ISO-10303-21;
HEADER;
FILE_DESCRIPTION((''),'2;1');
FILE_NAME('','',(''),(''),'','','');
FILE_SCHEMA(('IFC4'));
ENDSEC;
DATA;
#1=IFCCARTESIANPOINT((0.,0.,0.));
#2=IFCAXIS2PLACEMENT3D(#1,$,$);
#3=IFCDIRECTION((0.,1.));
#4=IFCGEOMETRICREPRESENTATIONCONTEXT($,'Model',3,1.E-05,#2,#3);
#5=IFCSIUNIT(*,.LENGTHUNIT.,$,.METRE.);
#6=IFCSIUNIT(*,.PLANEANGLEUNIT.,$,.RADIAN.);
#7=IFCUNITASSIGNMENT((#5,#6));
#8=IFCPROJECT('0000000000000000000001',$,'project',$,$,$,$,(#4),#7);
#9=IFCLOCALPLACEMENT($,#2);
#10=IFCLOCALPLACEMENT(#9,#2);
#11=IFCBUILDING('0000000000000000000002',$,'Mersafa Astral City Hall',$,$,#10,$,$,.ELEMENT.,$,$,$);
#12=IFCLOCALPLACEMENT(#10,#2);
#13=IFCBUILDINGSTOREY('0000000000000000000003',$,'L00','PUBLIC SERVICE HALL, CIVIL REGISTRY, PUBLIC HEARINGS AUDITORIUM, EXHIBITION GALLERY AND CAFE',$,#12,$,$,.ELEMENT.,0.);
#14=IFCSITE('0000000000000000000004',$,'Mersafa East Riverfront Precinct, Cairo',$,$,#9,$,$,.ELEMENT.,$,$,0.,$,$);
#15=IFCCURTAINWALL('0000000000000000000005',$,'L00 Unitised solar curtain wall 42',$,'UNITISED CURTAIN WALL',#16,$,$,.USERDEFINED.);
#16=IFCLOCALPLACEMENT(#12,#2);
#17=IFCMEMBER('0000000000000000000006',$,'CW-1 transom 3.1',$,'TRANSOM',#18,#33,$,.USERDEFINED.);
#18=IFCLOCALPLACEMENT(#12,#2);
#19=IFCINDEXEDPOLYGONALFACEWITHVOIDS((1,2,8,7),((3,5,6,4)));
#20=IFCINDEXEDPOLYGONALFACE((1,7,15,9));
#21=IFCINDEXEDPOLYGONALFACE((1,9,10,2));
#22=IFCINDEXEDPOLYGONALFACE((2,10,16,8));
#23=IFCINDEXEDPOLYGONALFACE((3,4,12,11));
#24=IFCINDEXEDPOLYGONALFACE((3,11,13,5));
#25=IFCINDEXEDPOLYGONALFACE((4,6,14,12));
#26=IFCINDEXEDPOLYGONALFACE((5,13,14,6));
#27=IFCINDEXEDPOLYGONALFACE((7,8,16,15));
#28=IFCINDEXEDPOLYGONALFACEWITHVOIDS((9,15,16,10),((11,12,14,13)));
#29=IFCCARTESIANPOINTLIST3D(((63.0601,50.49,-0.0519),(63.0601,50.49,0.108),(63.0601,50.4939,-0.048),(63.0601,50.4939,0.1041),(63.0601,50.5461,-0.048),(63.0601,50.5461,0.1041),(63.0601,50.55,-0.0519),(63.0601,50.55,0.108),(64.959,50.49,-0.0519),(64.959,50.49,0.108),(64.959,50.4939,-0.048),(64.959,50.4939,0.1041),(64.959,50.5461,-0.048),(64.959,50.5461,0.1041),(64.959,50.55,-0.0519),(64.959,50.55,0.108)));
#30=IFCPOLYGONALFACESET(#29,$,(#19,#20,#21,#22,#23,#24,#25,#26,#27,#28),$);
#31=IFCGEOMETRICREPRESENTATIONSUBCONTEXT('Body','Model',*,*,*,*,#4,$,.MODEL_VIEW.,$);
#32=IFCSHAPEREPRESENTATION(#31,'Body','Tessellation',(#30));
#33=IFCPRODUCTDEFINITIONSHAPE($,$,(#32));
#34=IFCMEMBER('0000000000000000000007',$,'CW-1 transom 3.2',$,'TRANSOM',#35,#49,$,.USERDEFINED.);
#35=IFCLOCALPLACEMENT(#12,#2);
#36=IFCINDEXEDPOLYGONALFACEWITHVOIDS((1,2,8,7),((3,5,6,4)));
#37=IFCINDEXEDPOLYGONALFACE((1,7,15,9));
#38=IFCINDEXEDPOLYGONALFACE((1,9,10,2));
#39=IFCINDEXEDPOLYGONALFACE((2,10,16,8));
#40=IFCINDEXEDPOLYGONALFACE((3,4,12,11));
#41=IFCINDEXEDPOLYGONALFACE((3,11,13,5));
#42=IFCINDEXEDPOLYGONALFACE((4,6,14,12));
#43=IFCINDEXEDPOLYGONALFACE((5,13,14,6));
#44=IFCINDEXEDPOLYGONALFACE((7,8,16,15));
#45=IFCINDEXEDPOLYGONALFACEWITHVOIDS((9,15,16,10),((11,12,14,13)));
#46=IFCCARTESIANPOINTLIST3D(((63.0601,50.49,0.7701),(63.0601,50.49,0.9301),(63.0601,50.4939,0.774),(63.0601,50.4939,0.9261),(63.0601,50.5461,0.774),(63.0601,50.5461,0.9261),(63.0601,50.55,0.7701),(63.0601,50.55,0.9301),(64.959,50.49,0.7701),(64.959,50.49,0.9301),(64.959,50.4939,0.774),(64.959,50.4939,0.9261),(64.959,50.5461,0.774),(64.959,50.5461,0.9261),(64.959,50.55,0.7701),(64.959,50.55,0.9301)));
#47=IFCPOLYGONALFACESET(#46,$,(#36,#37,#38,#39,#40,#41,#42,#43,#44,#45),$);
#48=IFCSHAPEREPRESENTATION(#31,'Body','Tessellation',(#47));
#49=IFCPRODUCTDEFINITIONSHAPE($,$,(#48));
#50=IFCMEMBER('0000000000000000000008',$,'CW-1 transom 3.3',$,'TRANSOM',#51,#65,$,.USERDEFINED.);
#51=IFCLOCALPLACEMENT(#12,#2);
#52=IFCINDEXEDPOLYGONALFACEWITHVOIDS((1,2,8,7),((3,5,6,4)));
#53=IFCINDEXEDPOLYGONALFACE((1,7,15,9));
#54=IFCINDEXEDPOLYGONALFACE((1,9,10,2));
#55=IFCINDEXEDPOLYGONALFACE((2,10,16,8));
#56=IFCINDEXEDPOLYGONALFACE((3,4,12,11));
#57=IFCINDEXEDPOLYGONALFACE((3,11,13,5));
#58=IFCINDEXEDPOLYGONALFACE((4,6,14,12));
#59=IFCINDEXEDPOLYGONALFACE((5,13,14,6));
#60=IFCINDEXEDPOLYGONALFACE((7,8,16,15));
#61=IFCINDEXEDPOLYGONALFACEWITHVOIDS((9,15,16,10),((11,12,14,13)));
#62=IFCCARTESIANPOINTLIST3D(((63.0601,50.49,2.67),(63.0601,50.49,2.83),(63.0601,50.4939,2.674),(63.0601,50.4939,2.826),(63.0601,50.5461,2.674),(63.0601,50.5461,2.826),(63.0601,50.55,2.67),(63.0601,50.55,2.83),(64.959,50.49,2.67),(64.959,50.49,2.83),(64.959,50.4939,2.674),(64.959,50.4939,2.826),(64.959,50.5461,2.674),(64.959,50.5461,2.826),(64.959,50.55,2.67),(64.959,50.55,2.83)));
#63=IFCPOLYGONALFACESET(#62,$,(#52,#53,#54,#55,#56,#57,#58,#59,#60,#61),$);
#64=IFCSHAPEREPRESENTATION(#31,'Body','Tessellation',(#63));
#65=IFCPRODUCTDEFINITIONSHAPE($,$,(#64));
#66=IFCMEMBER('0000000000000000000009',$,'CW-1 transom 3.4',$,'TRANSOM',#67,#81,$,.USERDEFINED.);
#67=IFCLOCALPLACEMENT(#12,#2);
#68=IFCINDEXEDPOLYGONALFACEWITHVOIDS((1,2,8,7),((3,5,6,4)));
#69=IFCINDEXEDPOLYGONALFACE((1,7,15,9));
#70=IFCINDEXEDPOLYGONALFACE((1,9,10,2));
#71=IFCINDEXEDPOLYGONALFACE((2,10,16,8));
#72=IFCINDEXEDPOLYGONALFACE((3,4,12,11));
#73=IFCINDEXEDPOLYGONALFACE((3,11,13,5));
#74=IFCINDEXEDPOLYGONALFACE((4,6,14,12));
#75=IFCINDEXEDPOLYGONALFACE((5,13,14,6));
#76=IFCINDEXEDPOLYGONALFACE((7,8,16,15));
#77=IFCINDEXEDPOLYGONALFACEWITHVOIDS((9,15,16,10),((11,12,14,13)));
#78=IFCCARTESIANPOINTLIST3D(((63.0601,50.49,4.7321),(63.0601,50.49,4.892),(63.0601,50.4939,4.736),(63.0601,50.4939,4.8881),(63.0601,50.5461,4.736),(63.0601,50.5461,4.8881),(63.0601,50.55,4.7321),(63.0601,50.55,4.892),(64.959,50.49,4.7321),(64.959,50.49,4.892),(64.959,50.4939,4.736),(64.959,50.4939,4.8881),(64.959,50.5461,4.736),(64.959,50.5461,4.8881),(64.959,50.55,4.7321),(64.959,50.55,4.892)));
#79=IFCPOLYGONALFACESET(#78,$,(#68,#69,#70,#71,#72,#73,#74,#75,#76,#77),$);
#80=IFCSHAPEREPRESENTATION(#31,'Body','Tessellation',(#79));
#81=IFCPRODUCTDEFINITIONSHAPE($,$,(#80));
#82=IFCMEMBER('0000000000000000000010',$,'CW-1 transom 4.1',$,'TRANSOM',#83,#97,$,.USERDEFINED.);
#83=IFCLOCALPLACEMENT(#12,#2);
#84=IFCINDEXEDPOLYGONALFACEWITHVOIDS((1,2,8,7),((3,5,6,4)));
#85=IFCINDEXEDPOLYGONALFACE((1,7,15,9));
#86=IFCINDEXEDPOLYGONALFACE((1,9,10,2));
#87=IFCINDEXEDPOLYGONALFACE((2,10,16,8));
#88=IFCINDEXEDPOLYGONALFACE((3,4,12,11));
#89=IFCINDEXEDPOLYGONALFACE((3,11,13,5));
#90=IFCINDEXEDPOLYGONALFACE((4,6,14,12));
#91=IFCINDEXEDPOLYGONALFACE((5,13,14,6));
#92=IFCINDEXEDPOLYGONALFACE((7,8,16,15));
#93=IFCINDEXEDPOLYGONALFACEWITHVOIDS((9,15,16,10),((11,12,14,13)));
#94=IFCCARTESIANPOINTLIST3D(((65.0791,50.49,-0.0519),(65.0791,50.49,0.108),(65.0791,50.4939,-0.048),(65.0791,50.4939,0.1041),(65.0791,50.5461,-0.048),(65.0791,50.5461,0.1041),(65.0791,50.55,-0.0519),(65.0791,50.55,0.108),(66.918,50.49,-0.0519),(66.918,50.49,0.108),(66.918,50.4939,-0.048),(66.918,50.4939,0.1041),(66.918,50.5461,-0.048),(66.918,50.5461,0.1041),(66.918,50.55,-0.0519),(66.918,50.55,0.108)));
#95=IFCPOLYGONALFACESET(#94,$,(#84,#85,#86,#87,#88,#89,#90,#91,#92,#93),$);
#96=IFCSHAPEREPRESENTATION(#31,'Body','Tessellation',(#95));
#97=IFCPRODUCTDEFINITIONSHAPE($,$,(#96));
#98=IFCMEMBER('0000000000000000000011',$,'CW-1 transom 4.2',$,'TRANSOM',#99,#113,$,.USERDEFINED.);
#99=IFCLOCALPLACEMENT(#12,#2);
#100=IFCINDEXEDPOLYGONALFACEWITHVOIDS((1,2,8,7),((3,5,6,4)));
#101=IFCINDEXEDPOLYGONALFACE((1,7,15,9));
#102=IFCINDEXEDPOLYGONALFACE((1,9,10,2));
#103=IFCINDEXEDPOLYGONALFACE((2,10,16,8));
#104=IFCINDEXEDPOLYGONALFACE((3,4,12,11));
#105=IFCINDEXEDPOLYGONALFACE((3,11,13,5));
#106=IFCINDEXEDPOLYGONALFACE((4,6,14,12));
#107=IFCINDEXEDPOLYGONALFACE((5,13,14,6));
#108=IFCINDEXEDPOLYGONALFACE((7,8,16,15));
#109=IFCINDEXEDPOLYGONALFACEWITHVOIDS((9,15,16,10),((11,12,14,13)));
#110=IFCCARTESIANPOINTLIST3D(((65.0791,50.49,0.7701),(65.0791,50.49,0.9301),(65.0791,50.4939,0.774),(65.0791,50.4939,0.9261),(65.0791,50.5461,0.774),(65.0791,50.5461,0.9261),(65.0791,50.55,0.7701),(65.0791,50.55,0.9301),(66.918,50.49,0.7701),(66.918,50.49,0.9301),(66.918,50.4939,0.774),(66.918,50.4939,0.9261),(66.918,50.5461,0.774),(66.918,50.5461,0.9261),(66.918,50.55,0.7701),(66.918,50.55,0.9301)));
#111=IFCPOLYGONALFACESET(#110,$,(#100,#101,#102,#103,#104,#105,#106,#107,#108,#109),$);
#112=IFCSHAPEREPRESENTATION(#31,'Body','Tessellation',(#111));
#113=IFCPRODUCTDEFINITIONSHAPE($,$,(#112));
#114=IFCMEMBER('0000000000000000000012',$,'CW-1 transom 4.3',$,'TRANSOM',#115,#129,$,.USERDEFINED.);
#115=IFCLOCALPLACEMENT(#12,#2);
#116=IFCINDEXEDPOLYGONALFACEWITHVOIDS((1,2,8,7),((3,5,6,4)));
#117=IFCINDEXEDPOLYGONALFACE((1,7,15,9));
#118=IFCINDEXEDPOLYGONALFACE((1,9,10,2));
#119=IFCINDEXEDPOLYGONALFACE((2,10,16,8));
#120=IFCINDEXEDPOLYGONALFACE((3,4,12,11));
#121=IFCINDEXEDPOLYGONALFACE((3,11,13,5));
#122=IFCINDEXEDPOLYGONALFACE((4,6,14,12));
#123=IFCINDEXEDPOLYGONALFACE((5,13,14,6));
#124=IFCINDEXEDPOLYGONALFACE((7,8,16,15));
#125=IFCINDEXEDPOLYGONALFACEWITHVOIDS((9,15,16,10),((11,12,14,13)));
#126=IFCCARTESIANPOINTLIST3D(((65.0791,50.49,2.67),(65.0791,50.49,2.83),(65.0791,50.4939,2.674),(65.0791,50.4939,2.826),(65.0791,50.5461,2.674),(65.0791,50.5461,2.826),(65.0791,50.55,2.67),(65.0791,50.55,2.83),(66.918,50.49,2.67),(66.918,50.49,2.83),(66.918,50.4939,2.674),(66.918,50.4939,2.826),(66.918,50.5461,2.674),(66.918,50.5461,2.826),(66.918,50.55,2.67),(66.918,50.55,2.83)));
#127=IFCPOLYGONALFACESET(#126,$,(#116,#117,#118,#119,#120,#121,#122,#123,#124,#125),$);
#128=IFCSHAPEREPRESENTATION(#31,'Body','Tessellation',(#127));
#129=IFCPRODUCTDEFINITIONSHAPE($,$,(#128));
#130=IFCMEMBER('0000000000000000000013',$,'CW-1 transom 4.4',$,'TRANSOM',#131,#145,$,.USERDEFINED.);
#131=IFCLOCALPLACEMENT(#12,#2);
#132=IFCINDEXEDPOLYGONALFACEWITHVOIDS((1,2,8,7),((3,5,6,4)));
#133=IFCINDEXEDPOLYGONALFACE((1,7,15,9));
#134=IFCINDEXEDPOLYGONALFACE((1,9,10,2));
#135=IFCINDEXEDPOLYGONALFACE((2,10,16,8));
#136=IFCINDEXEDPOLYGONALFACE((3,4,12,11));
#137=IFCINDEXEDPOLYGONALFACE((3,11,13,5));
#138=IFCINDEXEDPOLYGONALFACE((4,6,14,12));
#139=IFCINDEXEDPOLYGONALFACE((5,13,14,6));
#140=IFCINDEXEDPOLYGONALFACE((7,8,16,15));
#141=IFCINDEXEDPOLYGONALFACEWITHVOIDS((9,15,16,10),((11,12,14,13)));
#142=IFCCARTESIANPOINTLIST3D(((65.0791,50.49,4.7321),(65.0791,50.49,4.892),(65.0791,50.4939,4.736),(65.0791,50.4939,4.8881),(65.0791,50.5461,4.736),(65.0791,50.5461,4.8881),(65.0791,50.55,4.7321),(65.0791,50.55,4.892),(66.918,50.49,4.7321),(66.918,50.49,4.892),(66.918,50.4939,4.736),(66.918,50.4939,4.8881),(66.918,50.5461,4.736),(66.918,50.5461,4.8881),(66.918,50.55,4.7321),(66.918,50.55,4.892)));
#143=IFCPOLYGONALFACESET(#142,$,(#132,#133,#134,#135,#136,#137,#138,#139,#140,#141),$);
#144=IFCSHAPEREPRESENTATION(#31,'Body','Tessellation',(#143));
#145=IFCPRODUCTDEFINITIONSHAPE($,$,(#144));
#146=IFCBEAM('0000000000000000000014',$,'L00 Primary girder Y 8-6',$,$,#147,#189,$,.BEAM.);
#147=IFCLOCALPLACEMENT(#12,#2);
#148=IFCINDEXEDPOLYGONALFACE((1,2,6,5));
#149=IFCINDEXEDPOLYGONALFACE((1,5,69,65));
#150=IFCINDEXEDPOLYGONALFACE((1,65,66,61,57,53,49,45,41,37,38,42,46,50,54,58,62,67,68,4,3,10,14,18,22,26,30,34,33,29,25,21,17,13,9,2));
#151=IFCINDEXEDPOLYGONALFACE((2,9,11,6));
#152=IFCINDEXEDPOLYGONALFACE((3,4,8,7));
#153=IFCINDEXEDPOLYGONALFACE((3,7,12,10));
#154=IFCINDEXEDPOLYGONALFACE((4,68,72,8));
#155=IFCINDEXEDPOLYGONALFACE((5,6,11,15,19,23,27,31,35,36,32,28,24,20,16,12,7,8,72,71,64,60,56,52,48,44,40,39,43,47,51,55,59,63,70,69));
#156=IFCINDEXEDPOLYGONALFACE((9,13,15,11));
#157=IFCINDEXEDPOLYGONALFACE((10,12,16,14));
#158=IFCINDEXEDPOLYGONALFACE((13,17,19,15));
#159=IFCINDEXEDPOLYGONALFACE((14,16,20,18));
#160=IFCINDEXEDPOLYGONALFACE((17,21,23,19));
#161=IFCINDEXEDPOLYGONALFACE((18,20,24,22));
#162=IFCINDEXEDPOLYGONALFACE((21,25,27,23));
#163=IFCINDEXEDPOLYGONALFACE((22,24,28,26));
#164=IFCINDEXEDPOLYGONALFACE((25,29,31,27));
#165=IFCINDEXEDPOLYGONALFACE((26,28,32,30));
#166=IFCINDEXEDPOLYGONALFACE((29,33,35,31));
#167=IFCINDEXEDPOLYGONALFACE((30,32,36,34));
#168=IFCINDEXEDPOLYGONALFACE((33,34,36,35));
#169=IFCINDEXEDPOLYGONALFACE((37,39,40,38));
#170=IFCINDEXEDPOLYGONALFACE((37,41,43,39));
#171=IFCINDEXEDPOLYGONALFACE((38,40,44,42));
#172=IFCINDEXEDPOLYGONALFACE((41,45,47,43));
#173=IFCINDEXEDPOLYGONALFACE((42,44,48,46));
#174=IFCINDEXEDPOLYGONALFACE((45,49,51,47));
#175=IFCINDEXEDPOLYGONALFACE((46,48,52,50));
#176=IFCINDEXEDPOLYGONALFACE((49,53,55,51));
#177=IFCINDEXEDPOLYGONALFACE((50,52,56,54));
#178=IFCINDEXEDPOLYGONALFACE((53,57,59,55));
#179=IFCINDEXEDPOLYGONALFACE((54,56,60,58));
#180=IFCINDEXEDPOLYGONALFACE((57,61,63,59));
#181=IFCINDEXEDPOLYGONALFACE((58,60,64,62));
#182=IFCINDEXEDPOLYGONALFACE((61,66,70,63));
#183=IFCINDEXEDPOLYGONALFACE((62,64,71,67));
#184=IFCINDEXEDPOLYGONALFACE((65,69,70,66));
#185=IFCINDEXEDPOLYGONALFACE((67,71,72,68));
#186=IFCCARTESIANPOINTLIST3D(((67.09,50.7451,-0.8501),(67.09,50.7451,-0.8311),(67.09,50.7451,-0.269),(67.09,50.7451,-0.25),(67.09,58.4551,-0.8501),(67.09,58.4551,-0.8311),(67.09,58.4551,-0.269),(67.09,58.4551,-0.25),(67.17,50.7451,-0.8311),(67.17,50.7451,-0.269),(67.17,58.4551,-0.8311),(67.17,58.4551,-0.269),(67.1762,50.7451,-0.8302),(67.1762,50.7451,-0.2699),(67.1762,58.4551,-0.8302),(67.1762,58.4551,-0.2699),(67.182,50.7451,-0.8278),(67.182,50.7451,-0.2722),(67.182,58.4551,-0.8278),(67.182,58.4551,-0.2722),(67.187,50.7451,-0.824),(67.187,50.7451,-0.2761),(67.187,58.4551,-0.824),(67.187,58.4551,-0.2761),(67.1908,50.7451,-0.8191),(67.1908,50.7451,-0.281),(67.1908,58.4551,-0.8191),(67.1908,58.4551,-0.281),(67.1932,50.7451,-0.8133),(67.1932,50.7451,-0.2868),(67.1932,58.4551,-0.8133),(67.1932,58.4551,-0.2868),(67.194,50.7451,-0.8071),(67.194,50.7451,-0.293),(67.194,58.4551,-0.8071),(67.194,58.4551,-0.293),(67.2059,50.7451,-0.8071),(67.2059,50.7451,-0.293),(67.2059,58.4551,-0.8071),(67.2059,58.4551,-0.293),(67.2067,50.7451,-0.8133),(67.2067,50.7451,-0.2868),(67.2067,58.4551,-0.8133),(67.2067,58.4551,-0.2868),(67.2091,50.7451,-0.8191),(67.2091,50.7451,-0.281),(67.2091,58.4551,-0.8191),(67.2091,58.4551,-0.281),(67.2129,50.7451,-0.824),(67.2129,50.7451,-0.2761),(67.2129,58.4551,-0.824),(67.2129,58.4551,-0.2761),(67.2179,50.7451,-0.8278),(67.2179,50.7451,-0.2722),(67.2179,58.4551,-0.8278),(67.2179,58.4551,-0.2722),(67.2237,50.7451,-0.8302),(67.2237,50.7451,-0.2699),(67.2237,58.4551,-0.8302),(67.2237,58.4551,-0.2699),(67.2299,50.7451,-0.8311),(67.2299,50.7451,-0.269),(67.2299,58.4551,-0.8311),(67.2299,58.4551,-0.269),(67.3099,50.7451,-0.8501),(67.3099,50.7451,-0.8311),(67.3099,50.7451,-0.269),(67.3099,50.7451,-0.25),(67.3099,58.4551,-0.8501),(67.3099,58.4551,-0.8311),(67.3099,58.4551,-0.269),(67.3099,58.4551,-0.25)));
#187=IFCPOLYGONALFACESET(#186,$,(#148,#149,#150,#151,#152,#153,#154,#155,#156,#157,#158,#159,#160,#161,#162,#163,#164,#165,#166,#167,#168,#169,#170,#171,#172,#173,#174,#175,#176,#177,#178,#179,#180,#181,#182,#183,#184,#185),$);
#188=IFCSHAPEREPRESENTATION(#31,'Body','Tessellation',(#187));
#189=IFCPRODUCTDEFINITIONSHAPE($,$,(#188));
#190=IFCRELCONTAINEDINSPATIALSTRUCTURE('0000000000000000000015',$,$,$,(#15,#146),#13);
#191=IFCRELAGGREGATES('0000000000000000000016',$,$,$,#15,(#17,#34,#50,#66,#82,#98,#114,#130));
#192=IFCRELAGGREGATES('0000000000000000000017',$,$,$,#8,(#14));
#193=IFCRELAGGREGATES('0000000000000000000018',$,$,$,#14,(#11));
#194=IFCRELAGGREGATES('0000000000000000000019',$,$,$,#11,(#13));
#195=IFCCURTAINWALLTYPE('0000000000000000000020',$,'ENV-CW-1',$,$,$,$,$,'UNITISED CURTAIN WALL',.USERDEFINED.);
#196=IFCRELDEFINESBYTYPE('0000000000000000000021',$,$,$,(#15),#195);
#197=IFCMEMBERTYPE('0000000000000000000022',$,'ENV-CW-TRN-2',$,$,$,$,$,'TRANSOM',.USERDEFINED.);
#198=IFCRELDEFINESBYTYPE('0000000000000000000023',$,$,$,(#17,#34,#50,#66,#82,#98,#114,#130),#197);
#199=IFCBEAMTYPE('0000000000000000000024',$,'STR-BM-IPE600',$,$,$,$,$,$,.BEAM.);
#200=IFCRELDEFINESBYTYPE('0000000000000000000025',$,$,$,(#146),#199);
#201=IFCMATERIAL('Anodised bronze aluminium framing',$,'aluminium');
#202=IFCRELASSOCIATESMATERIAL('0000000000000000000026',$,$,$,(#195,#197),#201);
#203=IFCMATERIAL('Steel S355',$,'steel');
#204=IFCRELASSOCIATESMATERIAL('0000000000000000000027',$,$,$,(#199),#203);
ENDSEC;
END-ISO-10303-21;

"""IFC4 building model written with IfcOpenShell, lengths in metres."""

from ifc_helpers import new_model, si_unit, direction, frame, origin, origin_2d, place, context, subcontext, project, spatial, hollow_rectangle, i_section, extrude, material, material_profile, profile_set, type_object, element, aggregate, save


model = new_model("IFC4")

# Units and contexts
model_context = context("Model", 3, precision=1e-05, world=origin(), true_north=direction((0.0, 1.0)))
body_context = subcontext(model_context, "Body", "Model", "MODEL_VIEW")
ifc_project = project(units=[si_unit("LENGTHUNIT", "METRE"), si_unit("PLANEANGLEUNIT", "RADIAN")], contexts=[model_context])

# Site, building, storey
site_placement = place(None, origin())
site = spatial("IfcSite", under=ifc_project, at=site_placement, Name="Mersafa East Riverfront Precinct, Cairo", CompositionType="ELEMENT", RefElevation=0.0)
building_placement = place(site_placement, origin())
building = spatial("IfcBuilding", under=site, at=building_placement, Name="Mersafa Astral City Hall", CompositionType="ELEMENT")
storey_placement = place(building_placement, origin())
storey = spatial("IfcBuildingStorey", under=building, at=storey_placement, Name="L00", Description="PUBLIC SERVICE HALL, CIVIL REGISTRY, PUBLIC HEARINGS AUDITORIUM, EXHIBITION GALLERY AND CAFE", CompositionType="ELEMENT", Elevation=0.0)

# Shared definitions
ifc_material_1 = material(Name="Steel S355", Category="steel")

# Curtain wall
ifc_material_2 = material(Name="Anodised bronze aluminium framing", Category="aluminium")
curtain_wall_type_1 = type_object("IfcCurtainWallType", Name="ENV-CW-1", ElementType="UNITISED CURTAIN WALL", PredefinedType="USERDEFINED", material=ifc_material_2)
curtain_wall_1_placement = place(storey_placement, origin())
curtain_wall_1 = element("IfcCurtainWall", 1, at=curtain_wall_1_placement, inside=storey, type_object=curtain_wall_type_1, Name="L00 Unitised solar curtain wall 42", ObjectType="UNITISED CURTAIN WALL", PredefinedType="USERDEFINED")

# Members
ifc_material_profile_1 = material_profile(ifc_material_2, hollow_rectangle(XDim=0.0601, YDim=0.1599, WallThickness=0.0039, at=origin_2d()), Name="RHS 60x160x4")
ifc_profile_set_1 = profile_set([ifc_material_profile_1], Name="Anodised bronze aluminium framing")
member_type_1 = type_object("IfcMemberType", Name="ENV-CW-TRN-2", ElementType="TRANSOM", PredefinedType="USERDEFINED", material=ifc_profile_set_1)
member_1_placement = place(storey_placement, frame((63.0601, 50.52, 0.0281), z_axis=(1.0, 0.0, 0.0), x_axis=(0.0, 1.0, 0.0)))
member_1 = element("IfcMember", 2, at=member_1_placement, type_object=member_type_1, Name="CW-1 transom 3.1", ObjectType="TRANSOM", PredefinedType="USERDEFINED", context=body_context, shape_type="SweptSolid", body=[
    extrude(hollow_rectangle(XDim=0.0601, YDim=0.1599, WallThickness=0.0039, at=origin_2d()), origin(), (0.0, 0.0, 1.0), 1.8989),
])
member_2_placement = place(storey_placement, frame((63.0601, 50.52, 0.8501), z_axis=(1.0, 0.0, 0.0), x_axis=(0.0, 1.0, 0.0)))
member_2 = element("IfcMember", 3, at=member_2_placement, type_object=member_type_1, Name="CW-1 transom 3.2", ObjectType="TRANSOM", PredefinedType="USERDEFINED", context=body_context, shape_type="SweptSolid", body=[
    extrude(hollow_rectangle(XDim=0.0601, YDim=0.1599, WallThickness=0.0039, at=origin_2d()), origin(), (0.0, 0.0, 1.0), 1.8989),
])
member_3_placement = place(storey_placement, frame((63.0601, 50.52, 2.75), z_axis=(1.0, 0.0, 0.0), x_axis=(0.0, 1.0, 0.0)))
member_3 = element("IfcMember", 4, at=member_3_placement, type_object=member_type_1, Name="CW-1 transom 3.3", ObjectType="TRANSOM", PredefinedType="USERDEFINED", context=body_context, shape_type="SweptSolid", body=[
    extrude(hollow_rectangle(XDim=0.0601, YDim=0.1599, WallThickness=0.0039, at=origin_2d()), origin(), (0.0, 0.0, 1.0), 1.8989),
])
member_4_placement = place(storey_placement, frame((63.0601, 50.52, 4.812), z_axis=(1.0, 0.0, 0.0), x_axis=(0.0, 1.0, 0.0)))
member_4 = element("IfcMember", 5, at=member_4_placement, type_object=member_type_1, Name="CW-1 transom 3.4", ObjectType="TRANSOM", PredefinedType="USERDEFINED", context=body_context, shape_type="SweptSolid", body=[
    extrude(hollow_rectangle(XDim=0.0601, YDim=0.1599, WallThickness=0.0039, at=origin_2d()), origin(), (0.0, 0.0, 1.0), 1.8989),
])
member_5_placement = place(storey_placement, frame((65.0791, 50.52, 0.0281), z_axis=(1.0, 0.0, 0.0), x_axis=(0.0, 1.0, 0.0)))
member_5 = element("IfcMember", 6, at=member_5_placement, type_object=member_type_1, Name="CW-1 transom 4.1", ObjectType="TRANSOM", PredefinedType="USERDEFINED", context=body_context, shape_type="SweptSolid", body=[
    extrude(hollow_rectangle(XDim=0.0601, YDim=0.1599, WallThickness=0.0039, at=origin_2d()), origin(), (0.0, 0.0, 1.0), 1.8389),
])
member_6_placement = place(storey_placement, frame((65.0791, 50.52, 0.8501), z_axis=(1.0, 0.0, 0.0), x_axis=(0.0, 1.0, 0.0)))
member_6 = element("IfcMember", 7, at=member_6_placement, type_object=member_type_1, Name="CW-1 transom 4.2", ObjectType="TRANSOM", PredefinedType="USERDEFINED", context=body_context, shape_type="SweptSolid", body=[
    extrude(hollow_rectangle(XDim=0.0601, YDim=0.1599, WallThickness=0.0039, at=origin_2d()), origin(), (0.0, 0.0, 1.0), 1.8389),
])
member_7_placement = place(storey_placement, frame((65.0791, 50.52, 2.75), z_axis=(1.0, 0.0, 0.0), x_axis=(0.0, 1.0, 0.0)))
member_7 = element("IfcMember", 8, at=member_7_placement, type_object=member_type_1, Name="CW-1 transom 4.3", ObjectType="TRANSOM", PredefinedType="USERDEFINED", context=body_context, shape_type="SweptSolid", body=[
    extrude(hollow_rectangle(XDim=0.0601, YDim=0.1599, WallThickness=0.0039, at=origin_2d()), origin(), (0.0, 0.0, 1.0), 1.8389),
])
member_8_placement = place(storey_placement, frame((65.0791, 50.52, 4.812), z_axis=(1.0, 0.0, 0.0), x_axis=(0.0, 1.0, 0.0)))
member_8 = element("IfcMember", 9, at=member_8_placement, type_object=member_type_1, Name="CW-1 transom 4.4", ObjectType="TRANSOM", PredefinedType="USERDEFINED", context=body_context, shape_type="SweptSolid", body=[
    extrude(hollow_rectangle(XDim=0.0601, YDim=0.1599, WallThickness=0.0039, at=origin_2d()), origin(), (0.0, 0.0, 1.0), 1.8389),
])

# Beam
ifc_material_profile_2 = material_profile(ifc_material_1, i_section(OverallWidth=0.22, OverallDepth=0.6001, WebThickness=0.012, FlangeThickness=0.019, FilletRadius=0.0239, at=origin_2d()), Name="IPE 600")
ifc_profile_set_2 = profile_set([ifc_material_profile_2], Name="Steel S355")
beam_type_1 = type_object("IfcBeamType", Name="STR-BM-IPE600", PredefinedType="BEAM", material=ifc_profile_set_2)
beam_1_placement = place(storey_placement, frame((67.2, 50.7451, -0.55), z_axis=(0.0, 1.0, 0.0), x_axis=(-1.0, 0.0, 0.0)))
element("IfcBeam", 10, at=beam_1_placement, inside=storey, type_object=beam_type_1, Name="L00 Primary girder Y 8-6", PredefinedType="BEAM", context=body_context, shape_type="SweptSolid", body=[
    extrude(i_section(OverallWidth=0.22, OverallDepth=0.6001, WebThickness=0.012, FlangeThickness=0.019, FilletRadius=0.0239, at=origin_2d()), origin(), (0.0, 0.0, 1.0), 7.71),
])

aggregate(curtain_wall_1, [member_1, member_2, member_3, member_4, member_5, member_6, member_7, member_8])

save(model, "model.ifc")
